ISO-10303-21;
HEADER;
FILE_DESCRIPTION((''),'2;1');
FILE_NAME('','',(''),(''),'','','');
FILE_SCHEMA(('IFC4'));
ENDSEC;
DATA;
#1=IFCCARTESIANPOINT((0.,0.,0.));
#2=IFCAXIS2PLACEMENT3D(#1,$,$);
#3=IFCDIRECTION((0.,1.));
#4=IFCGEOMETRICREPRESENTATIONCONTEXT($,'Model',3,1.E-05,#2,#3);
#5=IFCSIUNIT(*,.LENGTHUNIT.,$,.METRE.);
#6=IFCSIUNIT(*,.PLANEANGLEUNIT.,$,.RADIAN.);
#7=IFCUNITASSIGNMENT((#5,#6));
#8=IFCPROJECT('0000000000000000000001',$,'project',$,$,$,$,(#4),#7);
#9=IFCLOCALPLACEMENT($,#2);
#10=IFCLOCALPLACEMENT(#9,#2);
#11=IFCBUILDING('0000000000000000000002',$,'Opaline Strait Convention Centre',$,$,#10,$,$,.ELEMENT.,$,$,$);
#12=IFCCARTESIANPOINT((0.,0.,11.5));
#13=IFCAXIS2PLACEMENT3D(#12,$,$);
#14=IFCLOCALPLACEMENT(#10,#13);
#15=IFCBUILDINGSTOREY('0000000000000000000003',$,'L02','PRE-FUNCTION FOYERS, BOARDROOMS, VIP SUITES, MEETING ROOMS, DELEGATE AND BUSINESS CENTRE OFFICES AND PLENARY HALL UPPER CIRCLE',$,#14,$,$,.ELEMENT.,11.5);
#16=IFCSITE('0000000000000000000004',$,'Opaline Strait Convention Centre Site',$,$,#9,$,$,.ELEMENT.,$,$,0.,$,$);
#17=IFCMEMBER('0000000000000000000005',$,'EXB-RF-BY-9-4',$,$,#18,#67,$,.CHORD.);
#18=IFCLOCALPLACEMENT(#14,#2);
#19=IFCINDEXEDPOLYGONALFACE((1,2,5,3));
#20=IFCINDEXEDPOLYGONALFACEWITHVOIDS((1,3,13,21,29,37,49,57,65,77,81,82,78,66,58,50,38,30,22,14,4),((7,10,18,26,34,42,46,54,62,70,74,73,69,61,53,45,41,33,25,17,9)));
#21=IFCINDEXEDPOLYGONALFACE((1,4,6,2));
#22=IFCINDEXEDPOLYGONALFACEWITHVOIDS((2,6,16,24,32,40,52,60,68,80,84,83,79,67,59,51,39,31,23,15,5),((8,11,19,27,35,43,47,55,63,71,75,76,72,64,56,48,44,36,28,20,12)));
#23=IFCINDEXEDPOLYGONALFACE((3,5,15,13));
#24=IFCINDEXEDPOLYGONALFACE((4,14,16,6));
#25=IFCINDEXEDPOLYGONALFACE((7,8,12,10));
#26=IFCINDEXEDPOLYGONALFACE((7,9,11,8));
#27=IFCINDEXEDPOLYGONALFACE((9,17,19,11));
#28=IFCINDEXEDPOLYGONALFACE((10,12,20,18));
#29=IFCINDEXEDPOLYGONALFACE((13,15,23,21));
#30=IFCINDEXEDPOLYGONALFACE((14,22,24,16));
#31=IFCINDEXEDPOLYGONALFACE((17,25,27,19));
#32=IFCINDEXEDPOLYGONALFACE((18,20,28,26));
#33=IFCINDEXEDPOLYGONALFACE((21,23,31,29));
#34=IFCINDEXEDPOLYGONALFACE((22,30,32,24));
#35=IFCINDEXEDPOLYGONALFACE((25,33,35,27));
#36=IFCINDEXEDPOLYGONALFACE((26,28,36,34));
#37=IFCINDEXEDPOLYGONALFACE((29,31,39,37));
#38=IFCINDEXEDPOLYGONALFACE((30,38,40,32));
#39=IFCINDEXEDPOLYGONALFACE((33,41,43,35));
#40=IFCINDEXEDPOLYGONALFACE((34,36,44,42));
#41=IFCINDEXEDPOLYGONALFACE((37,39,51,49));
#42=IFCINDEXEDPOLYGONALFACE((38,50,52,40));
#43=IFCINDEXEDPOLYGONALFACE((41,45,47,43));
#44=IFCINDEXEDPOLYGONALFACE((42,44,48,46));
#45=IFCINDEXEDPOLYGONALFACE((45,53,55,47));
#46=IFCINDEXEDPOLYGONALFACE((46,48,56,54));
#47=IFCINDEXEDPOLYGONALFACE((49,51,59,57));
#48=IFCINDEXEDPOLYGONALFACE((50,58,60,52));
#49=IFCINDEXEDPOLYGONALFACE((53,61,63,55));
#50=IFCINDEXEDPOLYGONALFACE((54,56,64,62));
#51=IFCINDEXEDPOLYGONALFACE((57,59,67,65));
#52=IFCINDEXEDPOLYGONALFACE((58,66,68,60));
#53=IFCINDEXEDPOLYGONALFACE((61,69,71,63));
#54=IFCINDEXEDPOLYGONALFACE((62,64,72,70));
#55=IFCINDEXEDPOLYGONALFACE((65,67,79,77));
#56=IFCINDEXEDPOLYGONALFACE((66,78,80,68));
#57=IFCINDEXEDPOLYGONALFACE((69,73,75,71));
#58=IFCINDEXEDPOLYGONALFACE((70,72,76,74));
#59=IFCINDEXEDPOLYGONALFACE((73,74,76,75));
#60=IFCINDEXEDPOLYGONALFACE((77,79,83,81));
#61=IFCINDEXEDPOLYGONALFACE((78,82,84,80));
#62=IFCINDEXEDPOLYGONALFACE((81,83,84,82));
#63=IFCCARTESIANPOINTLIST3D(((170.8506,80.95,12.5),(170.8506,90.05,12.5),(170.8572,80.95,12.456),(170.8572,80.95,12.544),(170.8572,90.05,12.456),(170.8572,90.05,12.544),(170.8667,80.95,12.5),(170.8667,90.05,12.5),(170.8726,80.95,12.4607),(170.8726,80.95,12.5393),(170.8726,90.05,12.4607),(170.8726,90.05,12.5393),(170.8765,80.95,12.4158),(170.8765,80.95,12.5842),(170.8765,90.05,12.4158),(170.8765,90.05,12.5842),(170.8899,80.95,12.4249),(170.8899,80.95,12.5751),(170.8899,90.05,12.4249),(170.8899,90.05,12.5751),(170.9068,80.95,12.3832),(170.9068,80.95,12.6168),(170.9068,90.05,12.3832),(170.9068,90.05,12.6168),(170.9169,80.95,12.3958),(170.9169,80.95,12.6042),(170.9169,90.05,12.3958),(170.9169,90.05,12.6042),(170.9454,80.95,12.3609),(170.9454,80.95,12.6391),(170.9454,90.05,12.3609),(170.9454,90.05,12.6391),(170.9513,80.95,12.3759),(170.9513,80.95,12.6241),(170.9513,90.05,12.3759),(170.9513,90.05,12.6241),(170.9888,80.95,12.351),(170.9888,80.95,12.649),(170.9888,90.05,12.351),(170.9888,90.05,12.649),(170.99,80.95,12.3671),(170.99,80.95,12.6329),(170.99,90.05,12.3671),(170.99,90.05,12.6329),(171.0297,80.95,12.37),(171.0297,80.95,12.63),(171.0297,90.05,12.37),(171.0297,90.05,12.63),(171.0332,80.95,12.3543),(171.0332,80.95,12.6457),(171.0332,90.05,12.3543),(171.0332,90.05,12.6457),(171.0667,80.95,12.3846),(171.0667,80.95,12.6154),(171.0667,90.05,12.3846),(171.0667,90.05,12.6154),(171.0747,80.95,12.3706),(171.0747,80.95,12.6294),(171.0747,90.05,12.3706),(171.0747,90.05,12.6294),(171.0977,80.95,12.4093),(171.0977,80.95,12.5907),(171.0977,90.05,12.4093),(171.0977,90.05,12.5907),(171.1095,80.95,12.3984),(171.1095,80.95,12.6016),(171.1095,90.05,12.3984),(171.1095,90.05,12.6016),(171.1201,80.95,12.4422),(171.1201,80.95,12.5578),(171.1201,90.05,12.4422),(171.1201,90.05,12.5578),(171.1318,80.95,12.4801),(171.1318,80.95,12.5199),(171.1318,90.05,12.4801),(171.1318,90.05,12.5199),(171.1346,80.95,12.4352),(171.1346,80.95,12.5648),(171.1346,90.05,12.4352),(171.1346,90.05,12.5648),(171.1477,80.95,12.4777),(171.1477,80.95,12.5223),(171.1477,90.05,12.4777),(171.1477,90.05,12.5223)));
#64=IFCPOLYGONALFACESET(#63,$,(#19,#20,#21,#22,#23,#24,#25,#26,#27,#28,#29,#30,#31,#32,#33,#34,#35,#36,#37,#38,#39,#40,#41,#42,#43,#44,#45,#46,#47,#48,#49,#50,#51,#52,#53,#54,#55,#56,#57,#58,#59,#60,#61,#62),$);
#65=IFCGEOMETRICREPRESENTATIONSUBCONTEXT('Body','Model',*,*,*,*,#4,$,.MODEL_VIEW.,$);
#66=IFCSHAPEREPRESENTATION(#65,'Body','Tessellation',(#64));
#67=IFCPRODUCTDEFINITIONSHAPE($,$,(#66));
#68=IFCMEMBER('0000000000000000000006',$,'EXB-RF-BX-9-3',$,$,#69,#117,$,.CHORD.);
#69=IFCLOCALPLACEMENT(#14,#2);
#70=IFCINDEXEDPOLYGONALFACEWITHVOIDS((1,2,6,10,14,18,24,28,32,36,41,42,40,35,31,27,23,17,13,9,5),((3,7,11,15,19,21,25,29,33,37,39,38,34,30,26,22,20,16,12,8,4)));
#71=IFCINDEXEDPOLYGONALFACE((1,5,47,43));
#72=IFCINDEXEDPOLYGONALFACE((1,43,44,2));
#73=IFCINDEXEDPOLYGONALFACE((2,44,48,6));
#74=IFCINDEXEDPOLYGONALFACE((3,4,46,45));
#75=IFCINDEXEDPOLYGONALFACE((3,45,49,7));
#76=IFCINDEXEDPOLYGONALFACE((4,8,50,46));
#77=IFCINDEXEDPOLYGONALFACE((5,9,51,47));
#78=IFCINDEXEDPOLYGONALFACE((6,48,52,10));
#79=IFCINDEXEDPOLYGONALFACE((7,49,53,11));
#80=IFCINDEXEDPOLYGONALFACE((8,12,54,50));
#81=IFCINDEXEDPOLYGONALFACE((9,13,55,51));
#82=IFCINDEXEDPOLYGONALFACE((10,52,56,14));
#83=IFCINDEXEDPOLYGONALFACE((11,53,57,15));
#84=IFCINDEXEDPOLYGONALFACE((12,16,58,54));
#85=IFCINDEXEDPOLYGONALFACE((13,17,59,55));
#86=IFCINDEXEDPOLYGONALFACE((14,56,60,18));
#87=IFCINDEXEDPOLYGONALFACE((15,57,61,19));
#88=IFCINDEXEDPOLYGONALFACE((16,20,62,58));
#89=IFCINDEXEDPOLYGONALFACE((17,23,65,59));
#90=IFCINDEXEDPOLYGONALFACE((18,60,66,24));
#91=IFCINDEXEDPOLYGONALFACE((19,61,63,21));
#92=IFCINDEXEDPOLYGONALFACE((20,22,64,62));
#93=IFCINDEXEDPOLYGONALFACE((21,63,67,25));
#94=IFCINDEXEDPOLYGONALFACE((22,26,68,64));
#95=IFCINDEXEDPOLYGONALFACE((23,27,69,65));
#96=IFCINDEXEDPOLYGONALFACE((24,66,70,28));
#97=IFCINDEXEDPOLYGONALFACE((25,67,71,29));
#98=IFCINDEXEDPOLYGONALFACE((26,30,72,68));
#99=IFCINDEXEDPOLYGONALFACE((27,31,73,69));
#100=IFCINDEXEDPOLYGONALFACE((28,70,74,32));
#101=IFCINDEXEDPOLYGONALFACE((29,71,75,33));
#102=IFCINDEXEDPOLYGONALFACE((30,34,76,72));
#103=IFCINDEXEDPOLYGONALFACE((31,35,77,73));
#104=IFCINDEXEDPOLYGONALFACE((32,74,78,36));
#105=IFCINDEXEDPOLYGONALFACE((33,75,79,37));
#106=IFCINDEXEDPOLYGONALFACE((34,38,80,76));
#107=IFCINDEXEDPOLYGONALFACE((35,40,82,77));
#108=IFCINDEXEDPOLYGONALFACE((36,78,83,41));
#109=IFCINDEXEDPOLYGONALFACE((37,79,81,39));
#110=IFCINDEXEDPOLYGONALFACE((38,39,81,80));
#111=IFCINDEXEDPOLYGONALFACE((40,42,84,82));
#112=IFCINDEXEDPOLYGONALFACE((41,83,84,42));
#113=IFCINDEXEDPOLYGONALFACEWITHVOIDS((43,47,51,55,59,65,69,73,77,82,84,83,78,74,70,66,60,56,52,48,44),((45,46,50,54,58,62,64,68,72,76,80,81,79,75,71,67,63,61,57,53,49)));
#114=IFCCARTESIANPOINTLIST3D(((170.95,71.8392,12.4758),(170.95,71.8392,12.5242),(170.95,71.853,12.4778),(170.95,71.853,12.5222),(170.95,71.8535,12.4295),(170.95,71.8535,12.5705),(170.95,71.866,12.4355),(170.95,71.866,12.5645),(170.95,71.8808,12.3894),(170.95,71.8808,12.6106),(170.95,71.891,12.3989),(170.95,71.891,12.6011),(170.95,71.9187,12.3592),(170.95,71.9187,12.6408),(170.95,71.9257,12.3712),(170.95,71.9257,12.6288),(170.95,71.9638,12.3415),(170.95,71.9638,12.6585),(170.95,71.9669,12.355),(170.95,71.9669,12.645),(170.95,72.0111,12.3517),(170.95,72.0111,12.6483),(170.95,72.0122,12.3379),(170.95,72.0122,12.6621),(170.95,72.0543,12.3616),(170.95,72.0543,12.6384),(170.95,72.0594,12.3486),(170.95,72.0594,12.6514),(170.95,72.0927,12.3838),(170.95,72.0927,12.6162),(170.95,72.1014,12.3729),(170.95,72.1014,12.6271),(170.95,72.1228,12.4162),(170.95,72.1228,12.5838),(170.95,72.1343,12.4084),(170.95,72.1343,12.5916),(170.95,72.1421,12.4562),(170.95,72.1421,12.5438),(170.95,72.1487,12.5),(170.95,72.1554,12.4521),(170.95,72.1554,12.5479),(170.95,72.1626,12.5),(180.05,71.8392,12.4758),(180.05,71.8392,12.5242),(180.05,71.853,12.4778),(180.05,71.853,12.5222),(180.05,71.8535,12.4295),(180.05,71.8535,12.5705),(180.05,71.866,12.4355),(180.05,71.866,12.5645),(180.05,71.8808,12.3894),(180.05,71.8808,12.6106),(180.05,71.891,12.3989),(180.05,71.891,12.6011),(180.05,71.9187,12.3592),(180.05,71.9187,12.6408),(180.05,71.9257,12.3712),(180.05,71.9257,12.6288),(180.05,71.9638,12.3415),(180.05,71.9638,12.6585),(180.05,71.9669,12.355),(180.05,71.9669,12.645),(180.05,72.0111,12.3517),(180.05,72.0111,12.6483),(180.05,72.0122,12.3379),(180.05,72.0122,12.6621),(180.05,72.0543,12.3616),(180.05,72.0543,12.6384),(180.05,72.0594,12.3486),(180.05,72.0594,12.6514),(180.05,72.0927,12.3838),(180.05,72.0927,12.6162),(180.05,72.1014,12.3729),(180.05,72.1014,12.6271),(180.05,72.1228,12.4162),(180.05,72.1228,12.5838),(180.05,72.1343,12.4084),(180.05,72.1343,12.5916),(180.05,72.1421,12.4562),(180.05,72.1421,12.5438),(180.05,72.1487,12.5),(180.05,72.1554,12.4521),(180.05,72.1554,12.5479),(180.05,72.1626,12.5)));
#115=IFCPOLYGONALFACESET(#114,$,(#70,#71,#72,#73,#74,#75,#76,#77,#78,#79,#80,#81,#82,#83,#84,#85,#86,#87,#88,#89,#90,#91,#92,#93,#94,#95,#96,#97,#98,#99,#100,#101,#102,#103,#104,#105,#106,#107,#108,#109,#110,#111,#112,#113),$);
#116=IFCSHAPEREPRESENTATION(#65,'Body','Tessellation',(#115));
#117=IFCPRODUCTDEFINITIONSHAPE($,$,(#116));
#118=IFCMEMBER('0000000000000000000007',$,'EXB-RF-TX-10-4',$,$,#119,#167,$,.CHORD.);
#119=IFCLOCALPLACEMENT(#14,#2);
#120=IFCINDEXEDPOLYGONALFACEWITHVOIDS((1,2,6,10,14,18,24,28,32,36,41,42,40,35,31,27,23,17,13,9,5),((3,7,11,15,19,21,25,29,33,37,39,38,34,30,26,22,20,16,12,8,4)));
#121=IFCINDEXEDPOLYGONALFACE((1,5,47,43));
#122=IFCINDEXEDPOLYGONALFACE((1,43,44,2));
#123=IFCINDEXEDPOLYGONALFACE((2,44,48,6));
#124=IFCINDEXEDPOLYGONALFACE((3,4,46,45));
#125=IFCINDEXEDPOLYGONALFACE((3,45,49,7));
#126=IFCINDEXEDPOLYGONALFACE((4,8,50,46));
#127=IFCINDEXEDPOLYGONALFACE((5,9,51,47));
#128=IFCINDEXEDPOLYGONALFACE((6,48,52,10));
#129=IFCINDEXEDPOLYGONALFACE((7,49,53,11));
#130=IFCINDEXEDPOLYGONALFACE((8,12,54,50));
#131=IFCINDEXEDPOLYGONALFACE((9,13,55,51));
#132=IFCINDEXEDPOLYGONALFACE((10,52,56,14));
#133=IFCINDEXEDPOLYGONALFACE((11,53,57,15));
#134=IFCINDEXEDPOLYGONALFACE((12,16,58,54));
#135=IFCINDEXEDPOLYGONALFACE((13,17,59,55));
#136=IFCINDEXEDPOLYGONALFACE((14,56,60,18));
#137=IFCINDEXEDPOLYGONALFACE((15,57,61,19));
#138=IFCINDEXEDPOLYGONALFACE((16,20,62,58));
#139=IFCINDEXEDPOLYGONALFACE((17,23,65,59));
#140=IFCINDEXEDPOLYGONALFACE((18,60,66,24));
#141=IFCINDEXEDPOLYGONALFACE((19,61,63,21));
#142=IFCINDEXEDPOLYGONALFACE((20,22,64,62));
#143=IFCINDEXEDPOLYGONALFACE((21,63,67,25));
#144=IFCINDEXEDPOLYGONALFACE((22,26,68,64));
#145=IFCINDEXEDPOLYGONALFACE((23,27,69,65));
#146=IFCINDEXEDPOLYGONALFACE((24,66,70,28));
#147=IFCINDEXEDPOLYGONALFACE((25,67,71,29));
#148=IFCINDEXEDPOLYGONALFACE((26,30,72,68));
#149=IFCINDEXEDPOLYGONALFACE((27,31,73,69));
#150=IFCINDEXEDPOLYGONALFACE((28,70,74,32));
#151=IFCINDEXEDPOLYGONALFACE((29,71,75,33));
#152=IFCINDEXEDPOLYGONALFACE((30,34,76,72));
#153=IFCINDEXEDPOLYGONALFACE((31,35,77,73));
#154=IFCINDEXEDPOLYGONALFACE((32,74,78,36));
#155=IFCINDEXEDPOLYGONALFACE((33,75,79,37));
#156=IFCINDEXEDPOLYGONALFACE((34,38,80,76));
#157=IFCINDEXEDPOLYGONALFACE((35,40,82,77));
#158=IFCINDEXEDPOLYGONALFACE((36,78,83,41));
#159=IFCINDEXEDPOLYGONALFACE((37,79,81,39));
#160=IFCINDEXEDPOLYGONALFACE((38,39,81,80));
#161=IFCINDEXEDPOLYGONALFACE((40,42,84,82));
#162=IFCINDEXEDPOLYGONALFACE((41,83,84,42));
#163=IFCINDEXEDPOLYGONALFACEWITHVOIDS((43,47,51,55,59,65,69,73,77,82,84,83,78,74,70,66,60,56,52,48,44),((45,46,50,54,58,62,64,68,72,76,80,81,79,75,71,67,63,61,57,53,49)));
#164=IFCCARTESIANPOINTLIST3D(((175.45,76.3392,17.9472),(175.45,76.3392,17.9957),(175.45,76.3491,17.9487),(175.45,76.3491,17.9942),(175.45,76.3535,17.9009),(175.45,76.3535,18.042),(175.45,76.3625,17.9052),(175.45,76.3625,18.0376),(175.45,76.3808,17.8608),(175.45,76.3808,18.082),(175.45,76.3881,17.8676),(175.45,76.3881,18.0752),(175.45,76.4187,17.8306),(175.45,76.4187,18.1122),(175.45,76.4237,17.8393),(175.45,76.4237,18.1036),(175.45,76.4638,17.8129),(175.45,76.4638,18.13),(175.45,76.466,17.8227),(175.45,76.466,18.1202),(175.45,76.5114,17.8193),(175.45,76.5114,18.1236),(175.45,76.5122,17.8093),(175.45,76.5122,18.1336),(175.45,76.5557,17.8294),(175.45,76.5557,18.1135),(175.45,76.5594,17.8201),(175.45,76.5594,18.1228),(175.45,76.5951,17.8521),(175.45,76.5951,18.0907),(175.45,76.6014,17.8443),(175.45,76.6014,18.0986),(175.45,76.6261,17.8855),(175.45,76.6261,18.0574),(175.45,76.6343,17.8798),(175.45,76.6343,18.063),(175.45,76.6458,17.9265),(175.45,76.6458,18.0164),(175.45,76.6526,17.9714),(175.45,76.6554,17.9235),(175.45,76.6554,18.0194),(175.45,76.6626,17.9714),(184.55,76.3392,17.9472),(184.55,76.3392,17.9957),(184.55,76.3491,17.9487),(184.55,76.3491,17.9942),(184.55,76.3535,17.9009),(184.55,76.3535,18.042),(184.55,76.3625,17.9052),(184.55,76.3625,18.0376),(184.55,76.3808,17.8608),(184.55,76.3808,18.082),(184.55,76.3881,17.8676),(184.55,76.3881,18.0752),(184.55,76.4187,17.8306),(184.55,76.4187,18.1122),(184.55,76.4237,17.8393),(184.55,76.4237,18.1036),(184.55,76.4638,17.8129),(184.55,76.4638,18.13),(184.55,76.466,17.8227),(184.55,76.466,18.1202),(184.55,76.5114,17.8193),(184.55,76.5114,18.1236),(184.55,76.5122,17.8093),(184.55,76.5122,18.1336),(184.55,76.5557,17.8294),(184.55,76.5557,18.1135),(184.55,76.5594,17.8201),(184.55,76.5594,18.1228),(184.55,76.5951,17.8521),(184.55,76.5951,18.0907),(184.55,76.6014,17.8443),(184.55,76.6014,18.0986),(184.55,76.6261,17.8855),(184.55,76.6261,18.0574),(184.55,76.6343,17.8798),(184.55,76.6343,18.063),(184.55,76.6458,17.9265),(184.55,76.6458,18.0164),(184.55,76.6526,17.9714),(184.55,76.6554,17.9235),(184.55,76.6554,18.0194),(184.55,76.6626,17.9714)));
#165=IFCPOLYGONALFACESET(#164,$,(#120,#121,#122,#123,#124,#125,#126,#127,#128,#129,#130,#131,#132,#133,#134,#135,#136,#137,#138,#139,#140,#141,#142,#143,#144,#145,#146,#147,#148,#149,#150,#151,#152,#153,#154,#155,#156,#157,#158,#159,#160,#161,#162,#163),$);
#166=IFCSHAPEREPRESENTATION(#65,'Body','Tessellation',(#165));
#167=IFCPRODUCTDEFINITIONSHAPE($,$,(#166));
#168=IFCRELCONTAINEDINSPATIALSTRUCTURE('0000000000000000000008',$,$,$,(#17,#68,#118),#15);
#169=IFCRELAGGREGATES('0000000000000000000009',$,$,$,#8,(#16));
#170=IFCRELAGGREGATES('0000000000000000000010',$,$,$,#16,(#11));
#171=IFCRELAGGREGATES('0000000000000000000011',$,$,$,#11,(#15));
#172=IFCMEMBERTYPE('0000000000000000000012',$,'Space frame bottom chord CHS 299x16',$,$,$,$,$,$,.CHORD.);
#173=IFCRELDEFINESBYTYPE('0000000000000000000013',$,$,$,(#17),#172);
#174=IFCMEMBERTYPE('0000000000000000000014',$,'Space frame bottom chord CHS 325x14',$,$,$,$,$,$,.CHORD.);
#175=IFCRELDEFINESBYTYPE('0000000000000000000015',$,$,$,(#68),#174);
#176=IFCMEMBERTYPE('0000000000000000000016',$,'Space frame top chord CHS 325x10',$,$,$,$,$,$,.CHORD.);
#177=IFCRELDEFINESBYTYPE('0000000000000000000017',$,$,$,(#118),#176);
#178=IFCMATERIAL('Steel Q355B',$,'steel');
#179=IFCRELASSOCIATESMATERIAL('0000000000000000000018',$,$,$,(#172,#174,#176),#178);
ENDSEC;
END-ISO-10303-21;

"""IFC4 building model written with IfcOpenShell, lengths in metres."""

from ifc_helpers import new_model, si_unit, direction, frame, origin, origin_2d, place, context, subcontext, project, spatial, hollow_circle, extrude, material, material_profile, profile_set, type_object, element, save


model = new_model("IFC4")

# Units and contexts
model_context = context("Model", 3, precision=1e-05, world=origin(), true_north=direction((0.0, 1.0)))
body_context = subcontext(model_context, "Body", "Model", "MODEL_VIEW")
ifc_project = project(units=[si_unit("LENGTHUNIT", "METRE"), si_unit("PLANEANGLEUNIT", "RADIAN")], contexts=[model_context])

# Site, building, storey
site_placement = place(None, origin())
site = spatial("IfcSite", under=ifc_project, at=site_placement, Name="Opaline Strait Convention Centre Site", CompositionType="ELEMENT", RefElevation=0.0)
building_placement = place(site_placement, origin())
building = spatial("IfcBuilding", under=site, at=building_placement, Name="Opaline Strait Convention Centre", CompositionType="ELEMENT")
storey_placement = place(building_placement, frame((0.0, 0.0, 11.5)))
storey = spatial("IfcBuildingStorey", under=building, at=storey_placement, Name="L02", Description="PRE-FUNCTION FOYERS, BOARDROOMS, VIP SUITES, MEETING ROOMS, DELEGATE AND BUSINESS CENTRE OFFICES AND PLENARY HALL UPPER CIRCLE", CompositionType="ELEMENT", Elevation=11.5)

# Members
ifc_material_1 = material(Name="Steel Q355B", Category="steel")
ifc_material_profile_1 = material_profile(ifc_material_1, hollow_circle(Radius=0.1494, WallThickness=0.0161, at=origin_2d()), Name="CHS 299x16")
ifc_profile_set_1 = profile_set([ifc_material_profile_1], Name="Steel Q355B")
member_type_1 = type_object("IfcMemberType", Name="Space frame bottom chord CHS 299x16", PredefinedType="CHORD", material=ifc_profile_set_1)
for number, where, z_axis, x_axis, name in (
    (1, (171.0, 80.95, 12.5), (0.0, 1.0, 0.0), (-1.0, 0.0, 0.0), "EXB-RF-BY-9-4"),
):
    element("IfcMember", number, at=place(storey_placement, frame(where, z_axis=z_axis, x_axis=x_axis)), inside=storey, type_object=member_type_1, Name=name, PredefinedType="CHORD", context=body_context, shape_type="SweptSolid", body=[
        extrude(hollow_circle(Radius=0.1494, WallThickness=0.0161, at=origin_2d()), origin(), (0.0, 0.0, 1.0), 9.1001),
    ])
ifc_material_profile_2 = material_profile(ifc_material_1, hollow_circle(Radius=0.1626, WallThickness=0.0139, at=origin_2d()), Name="CHS 325x14")
ifc_profile_set_2 = profile_set([ifc_material_profile_2], Name="Steel Q355B")
member_type_2 = type_object("IfcMemberType", Name="Space frame bottom chord CHS 325x14", PredefinedType="CHORD", material=ifc_profile_set_2)
member_placement = place(storey_placement, frame((170.95, 72.0, 12.5), z_axis=(1.0, 0.0, 0.0), x_axis=(0.0, 1.0, 0.0)))
element("IfcMember", 2, at=member_placement, inside=storey, type_object=member_type_2, Name="EXB-RF-BX-9-3", PredefinedType="CHORD", context=body_context, shape_type="SweptSolid", body=[
    extrude(hollow_circle(Radius=0.1626, WallThickness=0.0139, at=origin_2d()), origin(), (0.0, 0.0, 1.0), 9.1001),
])
ifc_material_profile_3 = material_profile(ifc_material_1, hollow_circle(Radius=0.1626, WallThickness=0.01, at=origin_2d()), Name="CHS 325x10")
ifc_profile_set_3 = profile_set([ifc_material_profile_3], Name="Steel Q355B")
member_type_3 = type_object("IfcMemberType", Name="Space frame top chord CHS 325x10", PredefinedType="CHORD", material=ifc_profile_set_3)
for number, where, z_axis, x_axis, name in (
    (3, (175.45, 76.5, 17.9714), (1.0, 0.0, 0.0), (0.0, 1.0, 0.0), "EXB-RF-TX-10-4"),
):
    element("IfcMember", number, at=place(storey_placement, frame(where, z_axis=z_axis, x_axis=x_axis)), inside=storey, type_object=member_type_3, Name=name, PredefinedType="CHORD", context=body_context, shape_type="SweptSolid", body=[
        extrude(hollow_circle(Radius=0.1626, WallThickness=0.01, at=origin_2d()), origin(), (0.0, 0.0, 1.0), 9.1001),
    ])

save(model, "model.ifc")
